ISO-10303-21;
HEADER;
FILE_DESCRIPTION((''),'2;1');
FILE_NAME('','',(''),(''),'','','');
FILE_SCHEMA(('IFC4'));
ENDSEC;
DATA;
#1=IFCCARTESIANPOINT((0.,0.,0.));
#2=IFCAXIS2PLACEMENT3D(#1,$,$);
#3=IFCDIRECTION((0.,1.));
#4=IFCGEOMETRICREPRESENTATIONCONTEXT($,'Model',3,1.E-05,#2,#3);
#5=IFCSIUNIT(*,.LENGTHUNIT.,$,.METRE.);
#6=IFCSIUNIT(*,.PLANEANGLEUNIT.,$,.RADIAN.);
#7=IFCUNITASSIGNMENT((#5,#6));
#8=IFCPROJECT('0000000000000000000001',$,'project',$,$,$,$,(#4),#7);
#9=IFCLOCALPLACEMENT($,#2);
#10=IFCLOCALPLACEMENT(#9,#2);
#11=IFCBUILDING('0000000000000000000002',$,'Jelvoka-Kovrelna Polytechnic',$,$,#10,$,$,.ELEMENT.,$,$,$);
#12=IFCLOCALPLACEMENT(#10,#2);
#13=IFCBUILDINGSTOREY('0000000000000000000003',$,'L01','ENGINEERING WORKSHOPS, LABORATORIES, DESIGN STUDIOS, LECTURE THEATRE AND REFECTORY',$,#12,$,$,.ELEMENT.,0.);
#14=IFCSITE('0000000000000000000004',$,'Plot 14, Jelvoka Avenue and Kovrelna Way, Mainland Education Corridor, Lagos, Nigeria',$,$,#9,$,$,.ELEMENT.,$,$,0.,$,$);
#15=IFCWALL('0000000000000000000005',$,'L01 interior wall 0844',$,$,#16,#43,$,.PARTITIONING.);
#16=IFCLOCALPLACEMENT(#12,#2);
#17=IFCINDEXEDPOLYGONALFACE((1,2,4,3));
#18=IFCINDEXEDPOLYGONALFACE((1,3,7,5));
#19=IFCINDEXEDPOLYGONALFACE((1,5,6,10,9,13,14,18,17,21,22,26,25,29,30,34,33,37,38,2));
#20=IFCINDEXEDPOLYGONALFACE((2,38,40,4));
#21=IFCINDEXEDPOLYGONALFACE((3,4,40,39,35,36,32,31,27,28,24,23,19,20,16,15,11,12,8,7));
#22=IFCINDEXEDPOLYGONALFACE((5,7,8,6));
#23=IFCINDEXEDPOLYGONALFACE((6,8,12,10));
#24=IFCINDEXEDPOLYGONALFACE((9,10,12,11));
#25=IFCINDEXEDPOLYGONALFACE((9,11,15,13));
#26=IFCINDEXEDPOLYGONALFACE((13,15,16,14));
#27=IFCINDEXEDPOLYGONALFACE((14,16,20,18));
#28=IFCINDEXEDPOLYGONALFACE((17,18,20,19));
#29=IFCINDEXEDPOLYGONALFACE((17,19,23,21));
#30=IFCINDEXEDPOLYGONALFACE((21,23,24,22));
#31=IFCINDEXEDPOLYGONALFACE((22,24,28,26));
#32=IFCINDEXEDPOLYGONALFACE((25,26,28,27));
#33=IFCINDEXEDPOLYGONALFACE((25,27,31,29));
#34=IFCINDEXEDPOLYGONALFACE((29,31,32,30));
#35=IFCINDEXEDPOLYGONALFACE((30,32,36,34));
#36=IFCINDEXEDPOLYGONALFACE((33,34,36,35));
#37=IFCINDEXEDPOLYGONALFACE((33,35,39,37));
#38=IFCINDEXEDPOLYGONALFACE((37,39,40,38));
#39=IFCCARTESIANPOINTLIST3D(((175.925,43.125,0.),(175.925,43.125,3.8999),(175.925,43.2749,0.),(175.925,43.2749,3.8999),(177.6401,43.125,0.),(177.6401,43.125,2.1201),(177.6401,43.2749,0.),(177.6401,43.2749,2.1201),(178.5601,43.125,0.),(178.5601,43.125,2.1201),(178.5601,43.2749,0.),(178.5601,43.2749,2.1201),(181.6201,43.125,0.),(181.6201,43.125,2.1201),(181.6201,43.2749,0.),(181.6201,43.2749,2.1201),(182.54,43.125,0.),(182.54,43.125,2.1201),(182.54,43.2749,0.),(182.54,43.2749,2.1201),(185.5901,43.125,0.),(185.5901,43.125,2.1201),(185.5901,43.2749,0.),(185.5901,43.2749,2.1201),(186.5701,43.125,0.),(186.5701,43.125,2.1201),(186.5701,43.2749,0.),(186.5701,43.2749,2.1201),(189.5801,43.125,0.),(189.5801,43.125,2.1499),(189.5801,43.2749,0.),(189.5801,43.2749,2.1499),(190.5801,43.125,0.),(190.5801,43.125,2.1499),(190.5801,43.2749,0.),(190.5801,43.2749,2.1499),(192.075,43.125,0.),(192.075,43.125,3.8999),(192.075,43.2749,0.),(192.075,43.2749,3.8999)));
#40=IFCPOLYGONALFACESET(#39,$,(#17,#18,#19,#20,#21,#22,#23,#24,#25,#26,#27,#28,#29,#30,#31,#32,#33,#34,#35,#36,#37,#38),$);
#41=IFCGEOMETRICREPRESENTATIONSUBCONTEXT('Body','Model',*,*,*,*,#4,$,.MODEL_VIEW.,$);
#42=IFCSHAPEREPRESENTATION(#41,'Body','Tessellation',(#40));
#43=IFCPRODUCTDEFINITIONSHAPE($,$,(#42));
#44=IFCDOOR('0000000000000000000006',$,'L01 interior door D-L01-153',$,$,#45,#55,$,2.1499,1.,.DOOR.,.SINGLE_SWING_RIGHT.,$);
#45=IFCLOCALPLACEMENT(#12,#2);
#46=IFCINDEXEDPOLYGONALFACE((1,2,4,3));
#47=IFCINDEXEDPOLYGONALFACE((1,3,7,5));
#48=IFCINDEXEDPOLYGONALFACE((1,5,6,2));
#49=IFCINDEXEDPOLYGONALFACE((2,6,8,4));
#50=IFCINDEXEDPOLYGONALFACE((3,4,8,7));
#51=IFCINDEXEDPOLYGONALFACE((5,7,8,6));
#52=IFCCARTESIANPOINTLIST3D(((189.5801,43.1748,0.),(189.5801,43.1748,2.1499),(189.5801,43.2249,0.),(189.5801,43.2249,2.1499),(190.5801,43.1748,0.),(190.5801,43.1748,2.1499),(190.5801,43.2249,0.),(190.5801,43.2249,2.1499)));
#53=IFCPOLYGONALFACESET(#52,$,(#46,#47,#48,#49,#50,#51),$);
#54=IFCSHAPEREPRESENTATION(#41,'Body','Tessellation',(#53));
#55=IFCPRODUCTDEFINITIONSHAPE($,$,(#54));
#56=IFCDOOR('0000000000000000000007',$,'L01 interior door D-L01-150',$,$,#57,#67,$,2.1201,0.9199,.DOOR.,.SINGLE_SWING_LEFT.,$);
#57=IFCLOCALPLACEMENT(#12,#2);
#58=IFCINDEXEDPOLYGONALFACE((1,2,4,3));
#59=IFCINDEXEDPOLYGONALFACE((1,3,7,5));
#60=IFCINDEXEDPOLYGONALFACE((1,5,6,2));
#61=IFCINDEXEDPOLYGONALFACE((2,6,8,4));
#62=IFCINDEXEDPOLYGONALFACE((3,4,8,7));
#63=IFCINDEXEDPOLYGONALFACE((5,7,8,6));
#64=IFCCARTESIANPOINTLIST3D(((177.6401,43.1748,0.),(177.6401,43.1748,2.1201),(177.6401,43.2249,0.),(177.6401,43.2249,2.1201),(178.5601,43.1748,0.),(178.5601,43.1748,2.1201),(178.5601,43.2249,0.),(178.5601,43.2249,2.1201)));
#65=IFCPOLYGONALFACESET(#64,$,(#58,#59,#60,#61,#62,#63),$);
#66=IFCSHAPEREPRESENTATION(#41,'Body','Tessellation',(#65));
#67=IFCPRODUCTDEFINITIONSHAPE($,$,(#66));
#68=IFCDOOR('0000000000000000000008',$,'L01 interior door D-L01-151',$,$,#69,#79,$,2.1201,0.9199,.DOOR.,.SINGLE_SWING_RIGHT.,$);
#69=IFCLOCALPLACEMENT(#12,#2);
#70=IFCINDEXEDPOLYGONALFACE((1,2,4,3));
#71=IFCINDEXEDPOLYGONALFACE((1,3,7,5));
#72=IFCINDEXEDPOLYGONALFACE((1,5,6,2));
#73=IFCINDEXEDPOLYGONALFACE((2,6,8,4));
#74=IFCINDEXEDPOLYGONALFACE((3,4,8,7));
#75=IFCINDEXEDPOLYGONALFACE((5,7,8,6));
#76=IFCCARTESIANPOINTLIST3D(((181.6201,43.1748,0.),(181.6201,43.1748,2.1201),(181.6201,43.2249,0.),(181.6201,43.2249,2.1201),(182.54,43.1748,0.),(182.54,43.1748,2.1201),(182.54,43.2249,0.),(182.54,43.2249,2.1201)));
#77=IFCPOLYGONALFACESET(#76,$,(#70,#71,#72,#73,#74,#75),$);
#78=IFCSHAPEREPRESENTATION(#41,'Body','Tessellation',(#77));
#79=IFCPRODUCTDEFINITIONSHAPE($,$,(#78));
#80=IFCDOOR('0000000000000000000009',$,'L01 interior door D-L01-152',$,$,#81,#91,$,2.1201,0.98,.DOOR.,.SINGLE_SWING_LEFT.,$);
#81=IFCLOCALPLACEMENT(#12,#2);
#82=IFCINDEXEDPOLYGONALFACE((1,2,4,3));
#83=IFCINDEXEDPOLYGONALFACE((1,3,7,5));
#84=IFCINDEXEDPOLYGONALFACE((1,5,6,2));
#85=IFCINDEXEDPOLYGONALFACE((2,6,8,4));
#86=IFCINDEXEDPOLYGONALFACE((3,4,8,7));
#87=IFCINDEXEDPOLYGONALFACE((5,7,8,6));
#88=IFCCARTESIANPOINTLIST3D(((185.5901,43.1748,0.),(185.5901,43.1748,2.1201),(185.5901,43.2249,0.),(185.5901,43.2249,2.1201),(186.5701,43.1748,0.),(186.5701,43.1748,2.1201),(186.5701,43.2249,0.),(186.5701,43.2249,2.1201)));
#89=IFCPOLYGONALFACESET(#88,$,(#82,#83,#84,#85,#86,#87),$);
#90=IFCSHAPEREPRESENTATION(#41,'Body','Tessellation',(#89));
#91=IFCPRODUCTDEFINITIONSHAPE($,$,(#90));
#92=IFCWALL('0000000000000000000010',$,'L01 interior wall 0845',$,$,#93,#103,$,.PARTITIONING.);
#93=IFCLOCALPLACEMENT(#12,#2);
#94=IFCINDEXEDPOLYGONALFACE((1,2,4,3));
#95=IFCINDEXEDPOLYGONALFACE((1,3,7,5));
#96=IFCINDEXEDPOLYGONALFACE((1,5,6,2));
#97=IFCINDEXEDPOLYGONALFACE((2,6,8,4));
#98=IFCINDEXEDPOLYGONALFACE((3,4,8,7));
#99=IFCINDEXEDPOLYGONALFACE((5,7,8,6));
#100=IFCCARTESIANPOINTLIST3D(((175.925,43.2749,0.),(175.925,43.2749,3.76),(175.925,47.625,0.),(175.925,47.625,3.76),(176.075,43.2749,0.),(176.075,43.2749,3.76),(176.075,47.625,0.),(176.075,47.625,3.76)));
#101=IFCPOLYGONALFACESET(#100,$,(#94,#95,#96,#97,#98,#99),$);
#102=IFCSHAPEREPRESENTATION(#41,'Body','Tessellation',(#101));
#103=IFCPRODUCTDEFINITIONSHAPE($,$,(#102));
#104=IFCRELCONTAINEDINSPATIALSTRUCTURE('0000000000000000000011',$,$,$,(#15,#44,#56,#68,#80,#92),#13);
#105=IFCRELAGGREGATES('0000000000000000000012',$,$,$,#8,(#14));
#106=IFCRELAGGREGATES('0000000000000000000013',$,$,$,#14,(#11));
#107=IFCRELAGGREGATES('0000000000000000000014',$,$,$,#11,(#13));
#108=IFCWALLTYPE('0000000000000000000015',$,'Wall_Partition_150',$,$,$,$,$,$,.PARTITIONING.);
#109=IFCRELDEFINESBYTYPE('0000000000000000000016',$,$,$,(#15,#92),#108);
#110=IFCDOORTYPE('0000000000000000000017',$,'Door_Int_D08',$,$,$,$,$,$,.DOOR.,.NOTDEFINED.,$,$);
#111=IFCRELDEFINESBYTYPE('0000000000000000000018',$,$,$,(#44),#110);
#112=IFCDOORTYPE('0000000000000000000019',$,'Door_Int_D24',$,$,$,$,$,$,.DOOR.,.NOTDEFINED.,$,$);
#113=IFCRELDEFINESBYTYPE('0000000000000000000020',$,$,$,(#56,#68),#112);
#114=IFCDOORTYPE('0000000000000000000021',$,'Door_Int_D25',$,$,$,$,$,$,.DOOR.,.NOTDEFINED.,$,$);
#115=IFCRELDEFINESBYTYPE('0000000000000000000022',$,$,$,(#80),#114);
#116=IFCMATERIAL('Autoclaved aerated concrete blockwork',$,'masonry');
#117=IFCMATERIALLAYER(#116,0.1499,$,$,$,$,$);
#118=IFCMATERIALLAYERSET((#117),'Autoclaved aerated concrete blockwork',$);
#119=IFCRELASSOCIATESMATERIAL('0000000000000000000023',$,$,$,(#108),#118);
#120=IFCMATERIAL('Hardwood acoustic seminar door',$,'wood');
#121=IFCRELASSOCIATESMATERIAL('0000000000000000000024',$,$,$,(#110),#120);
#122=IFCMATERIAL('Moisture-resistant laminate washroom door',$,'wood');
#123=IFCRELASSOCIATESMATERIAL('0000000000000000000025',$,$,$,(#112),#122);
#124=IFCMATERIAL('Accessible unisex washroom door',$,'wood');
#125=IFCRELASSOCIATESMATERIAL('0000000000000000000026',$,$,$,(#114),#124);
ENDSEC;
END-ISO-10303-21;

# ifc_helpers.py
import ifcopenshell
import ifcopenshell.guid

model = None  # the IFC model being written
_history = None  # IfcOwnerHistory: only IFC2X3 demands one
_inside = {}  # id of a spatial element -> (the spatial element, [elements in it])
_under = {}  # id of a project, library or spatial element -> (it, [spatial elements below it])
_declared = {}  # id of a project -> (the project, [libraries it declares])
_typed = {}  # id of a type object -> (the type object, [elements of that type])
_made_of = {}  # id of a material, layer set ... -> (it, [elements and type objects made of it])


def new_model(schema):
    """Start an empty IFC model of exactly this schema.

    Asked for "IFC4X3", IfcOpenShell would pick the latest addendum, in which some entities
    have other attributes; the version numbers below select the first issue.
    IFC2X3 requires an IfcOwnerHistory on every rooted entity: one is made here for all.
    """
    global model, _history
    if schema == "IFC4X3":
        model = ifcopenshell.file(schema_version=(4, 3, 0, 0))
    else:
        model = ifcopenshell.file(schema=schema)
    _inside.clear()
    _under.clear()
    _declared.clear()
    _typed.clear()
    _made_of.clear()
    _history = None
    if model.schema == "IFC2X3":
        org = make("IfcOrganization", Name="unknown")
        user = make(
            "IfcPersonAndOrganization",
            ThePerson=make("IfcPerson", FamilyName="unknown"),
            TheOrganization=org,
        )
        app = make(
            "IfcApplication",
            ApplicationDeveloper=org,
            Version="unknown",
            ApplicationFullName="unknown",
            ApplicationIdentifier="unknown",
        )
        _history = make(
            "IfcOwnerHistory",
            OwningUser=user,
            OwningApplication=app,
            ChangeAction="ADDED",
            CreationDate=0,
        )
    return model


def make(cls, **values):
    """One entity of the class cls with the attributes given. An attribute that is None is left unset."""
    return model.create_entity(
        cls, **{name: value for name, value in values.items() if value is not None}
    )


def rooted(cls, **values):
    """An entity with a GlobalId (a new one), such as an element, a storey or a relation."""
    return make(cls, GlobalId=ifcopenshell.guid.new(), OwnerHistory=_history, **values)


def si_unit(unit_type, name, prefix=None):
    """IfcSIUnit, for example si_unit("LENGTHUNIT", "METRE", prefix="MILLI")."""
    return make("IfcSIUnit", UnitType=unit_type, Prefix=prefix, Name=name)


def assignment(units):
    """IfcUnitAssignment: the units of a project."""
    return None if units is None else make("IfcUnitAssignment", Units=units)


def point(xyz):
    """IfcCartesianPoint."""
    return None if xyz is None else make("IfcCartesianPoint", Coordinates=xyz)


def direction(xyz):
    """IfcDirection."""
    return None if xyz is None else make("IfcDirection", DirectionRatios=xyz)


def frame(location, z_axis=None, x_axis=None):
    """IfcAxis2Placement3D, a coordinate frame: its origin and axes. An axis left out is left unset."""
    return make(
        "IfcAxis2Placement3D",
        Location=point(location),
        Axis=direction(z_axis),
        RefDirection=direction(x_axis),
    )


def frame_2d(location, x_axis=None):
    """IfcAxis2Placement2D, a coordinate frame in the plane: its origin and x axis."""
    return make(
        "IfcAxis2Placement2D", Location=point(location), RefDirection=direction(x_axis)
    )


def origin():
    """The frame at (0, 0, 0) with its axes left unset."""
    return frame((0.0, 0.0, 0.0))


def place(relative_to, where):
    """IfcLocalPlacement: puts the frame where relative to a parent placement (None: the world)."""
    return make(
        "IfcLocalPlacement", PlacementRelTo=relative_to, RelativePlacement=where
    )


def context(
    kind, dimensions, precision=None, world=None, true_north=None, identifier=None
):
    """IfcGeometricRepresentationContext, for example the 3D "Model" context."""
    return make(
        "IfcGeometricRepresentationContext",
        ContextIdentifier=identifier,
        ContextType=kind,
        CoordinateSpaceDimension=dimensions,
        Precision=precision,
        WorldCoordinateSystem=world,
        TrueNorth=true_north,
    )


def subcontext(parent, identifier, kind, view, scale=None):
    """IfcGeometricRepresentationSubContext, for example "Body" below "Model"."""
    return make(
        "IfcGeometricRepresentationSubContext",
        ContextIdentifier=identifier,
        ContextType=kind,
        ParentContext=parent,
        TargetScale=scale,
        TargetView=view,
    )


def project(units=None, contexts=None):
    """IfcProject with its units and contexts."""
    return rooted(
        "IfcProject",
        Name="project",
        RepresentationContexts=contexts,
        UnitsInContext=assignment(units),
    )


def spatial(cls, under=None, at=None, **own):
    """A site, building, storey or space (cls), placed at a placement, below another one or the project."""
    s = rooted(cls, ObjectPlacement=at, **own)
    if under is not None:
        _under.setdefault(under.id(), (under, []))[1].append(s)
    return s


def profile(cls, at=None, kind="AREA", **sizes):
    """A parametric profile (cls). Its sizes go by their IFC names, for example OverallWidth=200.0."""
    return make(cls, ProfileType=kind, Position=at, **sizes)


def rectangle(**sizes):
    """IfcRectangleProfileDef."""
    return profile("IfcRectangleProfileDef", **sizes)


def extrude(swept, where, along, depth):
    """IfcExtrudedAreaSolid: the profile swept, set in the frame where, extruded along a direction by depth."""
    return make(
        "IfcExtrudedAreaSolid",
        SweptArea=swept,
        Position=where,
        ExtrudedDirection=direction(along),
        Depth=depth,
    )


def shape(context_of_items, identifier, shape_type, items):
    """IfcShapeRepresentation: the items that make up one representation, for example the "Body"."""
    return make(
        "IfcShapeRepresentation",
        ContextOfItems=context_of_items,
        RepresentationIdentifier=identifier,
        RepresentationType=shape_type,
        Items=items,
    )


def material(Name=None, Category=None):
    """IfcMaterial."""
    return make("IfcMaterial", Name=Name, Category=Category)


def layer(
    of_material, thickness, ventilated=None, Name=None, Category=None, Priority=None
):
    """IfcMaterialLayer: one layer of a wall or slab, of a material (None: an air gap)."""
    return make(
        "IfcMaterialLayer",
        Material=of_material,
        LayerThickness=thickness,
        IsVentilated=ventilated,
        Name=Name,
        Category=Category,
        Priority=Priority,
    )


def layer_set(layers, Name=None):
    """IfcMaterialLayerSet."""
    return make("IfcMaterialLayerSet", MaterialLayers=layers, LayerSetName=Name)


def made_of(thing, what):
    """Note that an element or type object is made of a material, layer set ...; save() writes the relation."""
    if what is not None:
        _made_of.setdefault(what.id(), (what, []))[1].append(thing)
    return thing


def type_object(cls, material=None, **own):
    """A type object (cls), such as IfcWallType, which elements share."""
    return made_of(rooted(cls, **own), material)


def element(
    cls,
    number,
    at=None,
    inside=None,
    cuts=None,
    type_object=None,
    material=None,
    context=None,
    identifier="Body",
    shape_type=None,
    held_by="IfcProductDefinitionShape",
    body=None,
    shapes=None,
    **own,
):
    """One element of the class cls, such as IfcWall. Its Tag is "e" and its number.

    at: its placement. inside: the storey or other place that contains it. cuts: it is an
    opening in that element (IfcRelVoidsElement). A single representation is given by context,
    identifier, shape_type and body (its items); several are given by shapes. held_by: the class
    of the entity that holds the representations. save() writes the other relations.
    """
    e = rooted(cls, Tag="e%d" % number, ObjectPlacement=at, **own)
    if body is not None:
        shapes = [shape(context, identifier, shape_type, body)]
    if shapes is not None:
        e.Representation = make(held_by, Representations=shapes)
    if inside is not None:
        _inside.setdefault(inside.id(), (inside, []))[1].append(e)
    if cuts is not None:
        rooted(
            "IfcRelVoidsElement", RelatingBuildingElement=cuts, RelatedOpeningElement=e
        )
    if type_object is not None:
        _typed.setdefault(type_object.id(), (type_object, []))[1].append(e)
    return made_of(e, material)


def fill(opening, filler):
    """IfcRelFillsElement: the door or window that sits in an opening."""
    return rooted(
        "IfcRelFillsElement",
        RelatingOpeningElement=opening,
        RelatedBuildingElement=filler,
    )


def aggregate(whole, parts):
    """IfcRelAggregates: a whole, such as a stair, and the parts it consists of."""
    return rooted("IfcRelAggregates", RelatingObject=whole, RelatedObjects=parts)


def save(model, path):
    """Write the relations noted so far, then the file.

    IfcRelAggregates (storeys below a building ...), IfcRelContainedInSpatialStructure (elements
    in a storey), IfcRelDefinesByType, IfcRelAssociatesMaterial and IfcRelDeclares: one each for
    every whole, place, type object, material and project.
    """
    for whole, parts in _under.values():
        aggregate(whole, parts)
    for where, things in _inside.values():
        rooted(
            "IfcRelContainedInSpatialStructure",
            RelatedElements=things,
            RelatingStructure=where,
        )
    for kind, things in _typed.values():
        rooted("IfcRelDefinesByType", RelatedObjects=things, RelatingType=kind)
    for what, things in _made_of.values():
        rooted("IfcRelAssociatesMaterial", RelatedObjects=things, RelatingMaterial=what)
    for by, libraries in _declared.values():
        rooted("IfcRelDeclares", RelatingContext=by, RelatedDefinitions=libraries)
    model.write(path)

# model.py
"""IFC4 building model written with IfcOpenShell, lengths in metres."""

from ifc_helpers import new_model, si_unit, direction, frame, frame_2d, origin, place, context, subcontext, project, spatial, rectangle, extrude, material, layer, layer_set, type_object, element, fill, save


model = new_model("IFC4")

# Units and contexts
model_context = context("Model", 3, precision=1e-05, world=origin(), true_north=direction((0.0, 1.0)))
body_context = subcontext(model_context, "Body", "Model", "MODEL_VIEW")
ifc_project = project(units=[si_unit("LENGTHUNIT", "METRE"), si_unit("PLANEANGLEUNIT", "RADIAN")], contexts=[model_context])

# Site, building, storey
site_placement = place(None, origin())
site = spatial("IfcSite", under=ifc_project, at=site_placement, Name="Plot 14, Jelvoka Avenue and Kovrelna Way, Mainland Education Corridor, Lagos, Nigeria", CompositionType="ELEMENT", RefElevation=0.0)
building_placement = place(site_placement, origin())
building = spatial("IfcBuilding", under=site, at=building_placement, Name="Jelvoka-Kovrelna Polytechnic", CompositionType="ELEMENT")
storey_placement = place(building_placement, origin())
storey = spatial("IfcBuildingStorey", under=building, at=storey_placement, Name="L01", Description="ENGINEERING WORKSHOPS, LABORATORIES, DESIGN STUDIOS, LECTURE THEATRE AND REFECTORY", CompositionType="ELEMENT", Elevation=0.0)

# Wall, openings, doors
ifc_material_1 = material(Name="Autoclaved aerated concrete blockwork", Category="masonry")
ifc_layer_1 = layer(ifc_material_1, 0.1499)
ifc_layer_set_1 = layer_set([ifc_layer_1], Name="Autoclaved aerated concrete blockwork")
wall_type = type_object("IfcWallType", Name="Wall_Partition_150", PredefinedType="PARTITIONING", material=ifc_layer_set_1)
wall_1_placement = place(storey_placement, frame((175.925, 43.2, 0.0), z_axis=(0.0, 0.0, 1.0), x_axis=(1.0, 0.0, 0.0)))
wall_1 = element("IfcWall", 1, at=wall_1_placement, inside=storey, type_object=wall_type, Name="L01 interior wall 0844", PredefinedType="PARTITIONING", context=body_context, shape_type="SweptSolid", body=[
    extrude(rectangle(XDim=16.1499, YDim=0.1499, at=frame_2d((8.075, 0.0))), origin(), (0.0, 0.0, 1.0), 3.8999),
])
opening_1_placement = place(wall_1_placement, frame((1.7151, 0.0, 0.0)))
opening_1 = element("IfcOpeningElement", 2, at=opening_1_placement, cuts=wall_1, PredefinedType="OPENING", context=body_context, shape_type="SweptSolid", body=[
    extrude(rectangle(XDim=0.9199, YDim=2.1201, at=frame_2d((0.46, 1.0601))), frame((0.0, 0.085, 0.0), z_axis=(0.0, -1.0, 0.0), x_axis=(1.0, 0.0, 0.0)), (0.0, 0.0, 1.0), 0.1699),
])
opening_2_placement = place(wall_1_placement, frame((5.6951, 0.0, 0.0)))
opening_2 = element("IfcOpeningElement", 3, at=opening_2_placement, cuts=wall_1, PredefinedType="OPENING", context=body_context, shape_type="SweptSolid", body=[
    extrude(rectangle(XDim=0.9199, YDim=2.1201, at=frame_2d((0.46, 1.0601))), frame((0.0, 0.085, 0.0), z_axis=(0.0, -1.0, 0.0), x_axis=(1.0, 0.0, 0.0)), (0.0, 0.0, 1.0), 0.1699),
])
opening_3_placement = place(wall_1_placement, frame((9.665, 0.0, 0.0)))
opening_3 = element("IfcOpeningElement", 4, at=opening_3_placement, cuts=wall_1, PredefinedType="OPENING", context=body_context, shape_type="SweptSolid", body=[
    extrude(rectangle(XDim=0.98, YDim=2.1201, at=frame_2d((0.49, 1.0601))), frame((0.0, 0.085, 0.0), z_axis=(0.0, -1.0, 0.0), x_axis=(1.0, 0.0, 0.0)), (0.0, 0.0, 1.0), 0.1699),
])
opening_4_placement = place(wall_1_placement, frame((13.655, 0.0, 0.0)))
opening_4 = element("IfcOpeningElement", 5, at=opening_4_placement, cuts=wall_1, PredefinedType="OPENING", context=body_context, shape_type="SweptSolid", body=[
    extrude(rectangle(XDim=1.0, YDim=2.1499, at=frame_2d((0.5, 1.075))), frame((0.0, 0.085, 0.0), z_axis=(0.0, -1.0, 0.0), x_axis=(1.0, 0.0, 0.0)), (0.0, 0.0, 1.0), 0.1699),
])
ifc_material_2 = material(Name="Hardwood acoustic seminar door", Category="wood")
door_type_1 = type_object("IfcDoorType", Name="Door_Int_D08", OperationType="NOTDEFINED", PredefinedType="DOOR", material=ifc_material_2)
door_1_placement = place(opening_4_placement, origin())
door_1 = element("IfcDoor", 6, at=door_1_placement, inside=storey, type_object=door_type_1, Name="L01 interior door D-L01-153", OperationType="SINGLE_SWING_RIGHT", OverallHeight=2.1499, OverallWidth=1.0, PredefinedType="DOOR", context=body_context, shape_type="SweptSolid", body=[
    extrude(rectangle(XDim=1.0, YDim=2.1499, at=frame_2d((0.5, 1.075))), frame((0.0, 0.0249, 0.0), z_axis=(0.0, -1.0, 0.0), x_axis=(1.0, 0.0, 0.0)), (0.0, 0.0, 1.0), 0.05),
])
fill(opening_4, door_1)
ifc_material_3 = material(Name="Moisture-resistant laminate washroom door", Category="wood")
door_type_2 = type_object("IfcDoorType", Name="Door_Int_D24", OperationType="NOTDEFINED", PredefinedType="DOOR", material=ifc_material_3)
door_2_placement = place(opening_1_placement, origin())
door_2 = element("IfcDoor", 7, at=door_2_placement, inside=storey, type_object=door_type_2, Name="L01 interior door D-L01-150", OperationType="SINGLE_SWING_LEFT", OverallHeight=2.1201, OverallWidth=0.9199, PredefinedType="DOOR", context=body_context, shape_type="SweptSolid", body=[
    extrude(rectangle(XDim=0.9199, YDim=2.1201, at=frame_2d((0.46, 1.0601))), frame((0.0, 0.0249, 0.0), z_axis=(0.0, -1.0, 0.0), x_axis=(1.0, 0.0, 0.0)), (0.0, 0.0, 1.0), 0.05),
])
fill(opening_1, door_2)
door_3_placement = place(opening_2_placement, origin())
door_3 = element("IfcDoor", 8, at=door_3_placement, inside=storey, type_object=door_type_2, Name="L01 interior door D-L01-151", OperationType="SINGLE_SWING_RIGHT", OverallHeight=2.1201, OverallWidth=0.9199, PredefinedType="DOOR", context=body_context, shape_type="SweptSolid", body=[
    extrude(rectangle(XDim=0.9199, YDim=2.1201, at=frame_2d((0.46, 1.0601))), frame((0.0, 0.0249, 0.0), z_axis=(0.0, -1.0, 0.0), x_axis=(1.0, 0.0, 0.0)), (0.0, 0.0, 1.0), 0.05),
])
fill(opening_2, door_3)
ifc_material_4 = material(Name="Accessible unisex washroom door", Category="wood")
door_type_3 = type_object("IfcDoorType", Name="Door_Int_D25", OperationType="NOTDEFINED", PredefinedType="DOOR", material=ifc_material_4)
door_4_placement = place(opening_3_placement, origin())
door_4 = element("IfcDoor", 9, at=door_4_placement, inside=storey, type_object=door_type_3, Name="L01 interior door D-L01-152", OperationType="SINGLE_SWING_LEFT", OverallHeight=2.1201, OverallWidth=0.98, PredefinedType="DOOR", context=body_context, shape_type="SweptSolid", body=[
    extrude(rectangle(XDim=0.98, YDim=2.1201, at=frame_2d((0.49, 1.0601))), frame((0.0, 0.0249, 0.0), z_axis=(0.0, -1.0, 0.0), x_axis=(1.0, 0.0, 0.0)), (0.0, 0.0, 1.0), 0.05),
])
fill(opening_3, door_4)

# Wall
wall_2_placement = place(storey_placement, frame((176.0, 43.2749, 0.0), z_axis=(0.0, 0.0, 1.0), x_axis=(0.0, 1.0, 0.0)))
element("IfcWall", 10, at=wall_2_placement, inside=storey, type_object=wall_type, Name="L01 interior wall 0845", PredefinedType="PARTITIONING", context=body_context, shape_type="SweptSolid", body=[
    extrude(rectangle(XDim=4.3501, YDim=0.1499, at=frame_2d((2.175, 0.0))), origin(), (0.0, 0.0, 1.0), 3.76),
])

save(model, "model.ifc")
